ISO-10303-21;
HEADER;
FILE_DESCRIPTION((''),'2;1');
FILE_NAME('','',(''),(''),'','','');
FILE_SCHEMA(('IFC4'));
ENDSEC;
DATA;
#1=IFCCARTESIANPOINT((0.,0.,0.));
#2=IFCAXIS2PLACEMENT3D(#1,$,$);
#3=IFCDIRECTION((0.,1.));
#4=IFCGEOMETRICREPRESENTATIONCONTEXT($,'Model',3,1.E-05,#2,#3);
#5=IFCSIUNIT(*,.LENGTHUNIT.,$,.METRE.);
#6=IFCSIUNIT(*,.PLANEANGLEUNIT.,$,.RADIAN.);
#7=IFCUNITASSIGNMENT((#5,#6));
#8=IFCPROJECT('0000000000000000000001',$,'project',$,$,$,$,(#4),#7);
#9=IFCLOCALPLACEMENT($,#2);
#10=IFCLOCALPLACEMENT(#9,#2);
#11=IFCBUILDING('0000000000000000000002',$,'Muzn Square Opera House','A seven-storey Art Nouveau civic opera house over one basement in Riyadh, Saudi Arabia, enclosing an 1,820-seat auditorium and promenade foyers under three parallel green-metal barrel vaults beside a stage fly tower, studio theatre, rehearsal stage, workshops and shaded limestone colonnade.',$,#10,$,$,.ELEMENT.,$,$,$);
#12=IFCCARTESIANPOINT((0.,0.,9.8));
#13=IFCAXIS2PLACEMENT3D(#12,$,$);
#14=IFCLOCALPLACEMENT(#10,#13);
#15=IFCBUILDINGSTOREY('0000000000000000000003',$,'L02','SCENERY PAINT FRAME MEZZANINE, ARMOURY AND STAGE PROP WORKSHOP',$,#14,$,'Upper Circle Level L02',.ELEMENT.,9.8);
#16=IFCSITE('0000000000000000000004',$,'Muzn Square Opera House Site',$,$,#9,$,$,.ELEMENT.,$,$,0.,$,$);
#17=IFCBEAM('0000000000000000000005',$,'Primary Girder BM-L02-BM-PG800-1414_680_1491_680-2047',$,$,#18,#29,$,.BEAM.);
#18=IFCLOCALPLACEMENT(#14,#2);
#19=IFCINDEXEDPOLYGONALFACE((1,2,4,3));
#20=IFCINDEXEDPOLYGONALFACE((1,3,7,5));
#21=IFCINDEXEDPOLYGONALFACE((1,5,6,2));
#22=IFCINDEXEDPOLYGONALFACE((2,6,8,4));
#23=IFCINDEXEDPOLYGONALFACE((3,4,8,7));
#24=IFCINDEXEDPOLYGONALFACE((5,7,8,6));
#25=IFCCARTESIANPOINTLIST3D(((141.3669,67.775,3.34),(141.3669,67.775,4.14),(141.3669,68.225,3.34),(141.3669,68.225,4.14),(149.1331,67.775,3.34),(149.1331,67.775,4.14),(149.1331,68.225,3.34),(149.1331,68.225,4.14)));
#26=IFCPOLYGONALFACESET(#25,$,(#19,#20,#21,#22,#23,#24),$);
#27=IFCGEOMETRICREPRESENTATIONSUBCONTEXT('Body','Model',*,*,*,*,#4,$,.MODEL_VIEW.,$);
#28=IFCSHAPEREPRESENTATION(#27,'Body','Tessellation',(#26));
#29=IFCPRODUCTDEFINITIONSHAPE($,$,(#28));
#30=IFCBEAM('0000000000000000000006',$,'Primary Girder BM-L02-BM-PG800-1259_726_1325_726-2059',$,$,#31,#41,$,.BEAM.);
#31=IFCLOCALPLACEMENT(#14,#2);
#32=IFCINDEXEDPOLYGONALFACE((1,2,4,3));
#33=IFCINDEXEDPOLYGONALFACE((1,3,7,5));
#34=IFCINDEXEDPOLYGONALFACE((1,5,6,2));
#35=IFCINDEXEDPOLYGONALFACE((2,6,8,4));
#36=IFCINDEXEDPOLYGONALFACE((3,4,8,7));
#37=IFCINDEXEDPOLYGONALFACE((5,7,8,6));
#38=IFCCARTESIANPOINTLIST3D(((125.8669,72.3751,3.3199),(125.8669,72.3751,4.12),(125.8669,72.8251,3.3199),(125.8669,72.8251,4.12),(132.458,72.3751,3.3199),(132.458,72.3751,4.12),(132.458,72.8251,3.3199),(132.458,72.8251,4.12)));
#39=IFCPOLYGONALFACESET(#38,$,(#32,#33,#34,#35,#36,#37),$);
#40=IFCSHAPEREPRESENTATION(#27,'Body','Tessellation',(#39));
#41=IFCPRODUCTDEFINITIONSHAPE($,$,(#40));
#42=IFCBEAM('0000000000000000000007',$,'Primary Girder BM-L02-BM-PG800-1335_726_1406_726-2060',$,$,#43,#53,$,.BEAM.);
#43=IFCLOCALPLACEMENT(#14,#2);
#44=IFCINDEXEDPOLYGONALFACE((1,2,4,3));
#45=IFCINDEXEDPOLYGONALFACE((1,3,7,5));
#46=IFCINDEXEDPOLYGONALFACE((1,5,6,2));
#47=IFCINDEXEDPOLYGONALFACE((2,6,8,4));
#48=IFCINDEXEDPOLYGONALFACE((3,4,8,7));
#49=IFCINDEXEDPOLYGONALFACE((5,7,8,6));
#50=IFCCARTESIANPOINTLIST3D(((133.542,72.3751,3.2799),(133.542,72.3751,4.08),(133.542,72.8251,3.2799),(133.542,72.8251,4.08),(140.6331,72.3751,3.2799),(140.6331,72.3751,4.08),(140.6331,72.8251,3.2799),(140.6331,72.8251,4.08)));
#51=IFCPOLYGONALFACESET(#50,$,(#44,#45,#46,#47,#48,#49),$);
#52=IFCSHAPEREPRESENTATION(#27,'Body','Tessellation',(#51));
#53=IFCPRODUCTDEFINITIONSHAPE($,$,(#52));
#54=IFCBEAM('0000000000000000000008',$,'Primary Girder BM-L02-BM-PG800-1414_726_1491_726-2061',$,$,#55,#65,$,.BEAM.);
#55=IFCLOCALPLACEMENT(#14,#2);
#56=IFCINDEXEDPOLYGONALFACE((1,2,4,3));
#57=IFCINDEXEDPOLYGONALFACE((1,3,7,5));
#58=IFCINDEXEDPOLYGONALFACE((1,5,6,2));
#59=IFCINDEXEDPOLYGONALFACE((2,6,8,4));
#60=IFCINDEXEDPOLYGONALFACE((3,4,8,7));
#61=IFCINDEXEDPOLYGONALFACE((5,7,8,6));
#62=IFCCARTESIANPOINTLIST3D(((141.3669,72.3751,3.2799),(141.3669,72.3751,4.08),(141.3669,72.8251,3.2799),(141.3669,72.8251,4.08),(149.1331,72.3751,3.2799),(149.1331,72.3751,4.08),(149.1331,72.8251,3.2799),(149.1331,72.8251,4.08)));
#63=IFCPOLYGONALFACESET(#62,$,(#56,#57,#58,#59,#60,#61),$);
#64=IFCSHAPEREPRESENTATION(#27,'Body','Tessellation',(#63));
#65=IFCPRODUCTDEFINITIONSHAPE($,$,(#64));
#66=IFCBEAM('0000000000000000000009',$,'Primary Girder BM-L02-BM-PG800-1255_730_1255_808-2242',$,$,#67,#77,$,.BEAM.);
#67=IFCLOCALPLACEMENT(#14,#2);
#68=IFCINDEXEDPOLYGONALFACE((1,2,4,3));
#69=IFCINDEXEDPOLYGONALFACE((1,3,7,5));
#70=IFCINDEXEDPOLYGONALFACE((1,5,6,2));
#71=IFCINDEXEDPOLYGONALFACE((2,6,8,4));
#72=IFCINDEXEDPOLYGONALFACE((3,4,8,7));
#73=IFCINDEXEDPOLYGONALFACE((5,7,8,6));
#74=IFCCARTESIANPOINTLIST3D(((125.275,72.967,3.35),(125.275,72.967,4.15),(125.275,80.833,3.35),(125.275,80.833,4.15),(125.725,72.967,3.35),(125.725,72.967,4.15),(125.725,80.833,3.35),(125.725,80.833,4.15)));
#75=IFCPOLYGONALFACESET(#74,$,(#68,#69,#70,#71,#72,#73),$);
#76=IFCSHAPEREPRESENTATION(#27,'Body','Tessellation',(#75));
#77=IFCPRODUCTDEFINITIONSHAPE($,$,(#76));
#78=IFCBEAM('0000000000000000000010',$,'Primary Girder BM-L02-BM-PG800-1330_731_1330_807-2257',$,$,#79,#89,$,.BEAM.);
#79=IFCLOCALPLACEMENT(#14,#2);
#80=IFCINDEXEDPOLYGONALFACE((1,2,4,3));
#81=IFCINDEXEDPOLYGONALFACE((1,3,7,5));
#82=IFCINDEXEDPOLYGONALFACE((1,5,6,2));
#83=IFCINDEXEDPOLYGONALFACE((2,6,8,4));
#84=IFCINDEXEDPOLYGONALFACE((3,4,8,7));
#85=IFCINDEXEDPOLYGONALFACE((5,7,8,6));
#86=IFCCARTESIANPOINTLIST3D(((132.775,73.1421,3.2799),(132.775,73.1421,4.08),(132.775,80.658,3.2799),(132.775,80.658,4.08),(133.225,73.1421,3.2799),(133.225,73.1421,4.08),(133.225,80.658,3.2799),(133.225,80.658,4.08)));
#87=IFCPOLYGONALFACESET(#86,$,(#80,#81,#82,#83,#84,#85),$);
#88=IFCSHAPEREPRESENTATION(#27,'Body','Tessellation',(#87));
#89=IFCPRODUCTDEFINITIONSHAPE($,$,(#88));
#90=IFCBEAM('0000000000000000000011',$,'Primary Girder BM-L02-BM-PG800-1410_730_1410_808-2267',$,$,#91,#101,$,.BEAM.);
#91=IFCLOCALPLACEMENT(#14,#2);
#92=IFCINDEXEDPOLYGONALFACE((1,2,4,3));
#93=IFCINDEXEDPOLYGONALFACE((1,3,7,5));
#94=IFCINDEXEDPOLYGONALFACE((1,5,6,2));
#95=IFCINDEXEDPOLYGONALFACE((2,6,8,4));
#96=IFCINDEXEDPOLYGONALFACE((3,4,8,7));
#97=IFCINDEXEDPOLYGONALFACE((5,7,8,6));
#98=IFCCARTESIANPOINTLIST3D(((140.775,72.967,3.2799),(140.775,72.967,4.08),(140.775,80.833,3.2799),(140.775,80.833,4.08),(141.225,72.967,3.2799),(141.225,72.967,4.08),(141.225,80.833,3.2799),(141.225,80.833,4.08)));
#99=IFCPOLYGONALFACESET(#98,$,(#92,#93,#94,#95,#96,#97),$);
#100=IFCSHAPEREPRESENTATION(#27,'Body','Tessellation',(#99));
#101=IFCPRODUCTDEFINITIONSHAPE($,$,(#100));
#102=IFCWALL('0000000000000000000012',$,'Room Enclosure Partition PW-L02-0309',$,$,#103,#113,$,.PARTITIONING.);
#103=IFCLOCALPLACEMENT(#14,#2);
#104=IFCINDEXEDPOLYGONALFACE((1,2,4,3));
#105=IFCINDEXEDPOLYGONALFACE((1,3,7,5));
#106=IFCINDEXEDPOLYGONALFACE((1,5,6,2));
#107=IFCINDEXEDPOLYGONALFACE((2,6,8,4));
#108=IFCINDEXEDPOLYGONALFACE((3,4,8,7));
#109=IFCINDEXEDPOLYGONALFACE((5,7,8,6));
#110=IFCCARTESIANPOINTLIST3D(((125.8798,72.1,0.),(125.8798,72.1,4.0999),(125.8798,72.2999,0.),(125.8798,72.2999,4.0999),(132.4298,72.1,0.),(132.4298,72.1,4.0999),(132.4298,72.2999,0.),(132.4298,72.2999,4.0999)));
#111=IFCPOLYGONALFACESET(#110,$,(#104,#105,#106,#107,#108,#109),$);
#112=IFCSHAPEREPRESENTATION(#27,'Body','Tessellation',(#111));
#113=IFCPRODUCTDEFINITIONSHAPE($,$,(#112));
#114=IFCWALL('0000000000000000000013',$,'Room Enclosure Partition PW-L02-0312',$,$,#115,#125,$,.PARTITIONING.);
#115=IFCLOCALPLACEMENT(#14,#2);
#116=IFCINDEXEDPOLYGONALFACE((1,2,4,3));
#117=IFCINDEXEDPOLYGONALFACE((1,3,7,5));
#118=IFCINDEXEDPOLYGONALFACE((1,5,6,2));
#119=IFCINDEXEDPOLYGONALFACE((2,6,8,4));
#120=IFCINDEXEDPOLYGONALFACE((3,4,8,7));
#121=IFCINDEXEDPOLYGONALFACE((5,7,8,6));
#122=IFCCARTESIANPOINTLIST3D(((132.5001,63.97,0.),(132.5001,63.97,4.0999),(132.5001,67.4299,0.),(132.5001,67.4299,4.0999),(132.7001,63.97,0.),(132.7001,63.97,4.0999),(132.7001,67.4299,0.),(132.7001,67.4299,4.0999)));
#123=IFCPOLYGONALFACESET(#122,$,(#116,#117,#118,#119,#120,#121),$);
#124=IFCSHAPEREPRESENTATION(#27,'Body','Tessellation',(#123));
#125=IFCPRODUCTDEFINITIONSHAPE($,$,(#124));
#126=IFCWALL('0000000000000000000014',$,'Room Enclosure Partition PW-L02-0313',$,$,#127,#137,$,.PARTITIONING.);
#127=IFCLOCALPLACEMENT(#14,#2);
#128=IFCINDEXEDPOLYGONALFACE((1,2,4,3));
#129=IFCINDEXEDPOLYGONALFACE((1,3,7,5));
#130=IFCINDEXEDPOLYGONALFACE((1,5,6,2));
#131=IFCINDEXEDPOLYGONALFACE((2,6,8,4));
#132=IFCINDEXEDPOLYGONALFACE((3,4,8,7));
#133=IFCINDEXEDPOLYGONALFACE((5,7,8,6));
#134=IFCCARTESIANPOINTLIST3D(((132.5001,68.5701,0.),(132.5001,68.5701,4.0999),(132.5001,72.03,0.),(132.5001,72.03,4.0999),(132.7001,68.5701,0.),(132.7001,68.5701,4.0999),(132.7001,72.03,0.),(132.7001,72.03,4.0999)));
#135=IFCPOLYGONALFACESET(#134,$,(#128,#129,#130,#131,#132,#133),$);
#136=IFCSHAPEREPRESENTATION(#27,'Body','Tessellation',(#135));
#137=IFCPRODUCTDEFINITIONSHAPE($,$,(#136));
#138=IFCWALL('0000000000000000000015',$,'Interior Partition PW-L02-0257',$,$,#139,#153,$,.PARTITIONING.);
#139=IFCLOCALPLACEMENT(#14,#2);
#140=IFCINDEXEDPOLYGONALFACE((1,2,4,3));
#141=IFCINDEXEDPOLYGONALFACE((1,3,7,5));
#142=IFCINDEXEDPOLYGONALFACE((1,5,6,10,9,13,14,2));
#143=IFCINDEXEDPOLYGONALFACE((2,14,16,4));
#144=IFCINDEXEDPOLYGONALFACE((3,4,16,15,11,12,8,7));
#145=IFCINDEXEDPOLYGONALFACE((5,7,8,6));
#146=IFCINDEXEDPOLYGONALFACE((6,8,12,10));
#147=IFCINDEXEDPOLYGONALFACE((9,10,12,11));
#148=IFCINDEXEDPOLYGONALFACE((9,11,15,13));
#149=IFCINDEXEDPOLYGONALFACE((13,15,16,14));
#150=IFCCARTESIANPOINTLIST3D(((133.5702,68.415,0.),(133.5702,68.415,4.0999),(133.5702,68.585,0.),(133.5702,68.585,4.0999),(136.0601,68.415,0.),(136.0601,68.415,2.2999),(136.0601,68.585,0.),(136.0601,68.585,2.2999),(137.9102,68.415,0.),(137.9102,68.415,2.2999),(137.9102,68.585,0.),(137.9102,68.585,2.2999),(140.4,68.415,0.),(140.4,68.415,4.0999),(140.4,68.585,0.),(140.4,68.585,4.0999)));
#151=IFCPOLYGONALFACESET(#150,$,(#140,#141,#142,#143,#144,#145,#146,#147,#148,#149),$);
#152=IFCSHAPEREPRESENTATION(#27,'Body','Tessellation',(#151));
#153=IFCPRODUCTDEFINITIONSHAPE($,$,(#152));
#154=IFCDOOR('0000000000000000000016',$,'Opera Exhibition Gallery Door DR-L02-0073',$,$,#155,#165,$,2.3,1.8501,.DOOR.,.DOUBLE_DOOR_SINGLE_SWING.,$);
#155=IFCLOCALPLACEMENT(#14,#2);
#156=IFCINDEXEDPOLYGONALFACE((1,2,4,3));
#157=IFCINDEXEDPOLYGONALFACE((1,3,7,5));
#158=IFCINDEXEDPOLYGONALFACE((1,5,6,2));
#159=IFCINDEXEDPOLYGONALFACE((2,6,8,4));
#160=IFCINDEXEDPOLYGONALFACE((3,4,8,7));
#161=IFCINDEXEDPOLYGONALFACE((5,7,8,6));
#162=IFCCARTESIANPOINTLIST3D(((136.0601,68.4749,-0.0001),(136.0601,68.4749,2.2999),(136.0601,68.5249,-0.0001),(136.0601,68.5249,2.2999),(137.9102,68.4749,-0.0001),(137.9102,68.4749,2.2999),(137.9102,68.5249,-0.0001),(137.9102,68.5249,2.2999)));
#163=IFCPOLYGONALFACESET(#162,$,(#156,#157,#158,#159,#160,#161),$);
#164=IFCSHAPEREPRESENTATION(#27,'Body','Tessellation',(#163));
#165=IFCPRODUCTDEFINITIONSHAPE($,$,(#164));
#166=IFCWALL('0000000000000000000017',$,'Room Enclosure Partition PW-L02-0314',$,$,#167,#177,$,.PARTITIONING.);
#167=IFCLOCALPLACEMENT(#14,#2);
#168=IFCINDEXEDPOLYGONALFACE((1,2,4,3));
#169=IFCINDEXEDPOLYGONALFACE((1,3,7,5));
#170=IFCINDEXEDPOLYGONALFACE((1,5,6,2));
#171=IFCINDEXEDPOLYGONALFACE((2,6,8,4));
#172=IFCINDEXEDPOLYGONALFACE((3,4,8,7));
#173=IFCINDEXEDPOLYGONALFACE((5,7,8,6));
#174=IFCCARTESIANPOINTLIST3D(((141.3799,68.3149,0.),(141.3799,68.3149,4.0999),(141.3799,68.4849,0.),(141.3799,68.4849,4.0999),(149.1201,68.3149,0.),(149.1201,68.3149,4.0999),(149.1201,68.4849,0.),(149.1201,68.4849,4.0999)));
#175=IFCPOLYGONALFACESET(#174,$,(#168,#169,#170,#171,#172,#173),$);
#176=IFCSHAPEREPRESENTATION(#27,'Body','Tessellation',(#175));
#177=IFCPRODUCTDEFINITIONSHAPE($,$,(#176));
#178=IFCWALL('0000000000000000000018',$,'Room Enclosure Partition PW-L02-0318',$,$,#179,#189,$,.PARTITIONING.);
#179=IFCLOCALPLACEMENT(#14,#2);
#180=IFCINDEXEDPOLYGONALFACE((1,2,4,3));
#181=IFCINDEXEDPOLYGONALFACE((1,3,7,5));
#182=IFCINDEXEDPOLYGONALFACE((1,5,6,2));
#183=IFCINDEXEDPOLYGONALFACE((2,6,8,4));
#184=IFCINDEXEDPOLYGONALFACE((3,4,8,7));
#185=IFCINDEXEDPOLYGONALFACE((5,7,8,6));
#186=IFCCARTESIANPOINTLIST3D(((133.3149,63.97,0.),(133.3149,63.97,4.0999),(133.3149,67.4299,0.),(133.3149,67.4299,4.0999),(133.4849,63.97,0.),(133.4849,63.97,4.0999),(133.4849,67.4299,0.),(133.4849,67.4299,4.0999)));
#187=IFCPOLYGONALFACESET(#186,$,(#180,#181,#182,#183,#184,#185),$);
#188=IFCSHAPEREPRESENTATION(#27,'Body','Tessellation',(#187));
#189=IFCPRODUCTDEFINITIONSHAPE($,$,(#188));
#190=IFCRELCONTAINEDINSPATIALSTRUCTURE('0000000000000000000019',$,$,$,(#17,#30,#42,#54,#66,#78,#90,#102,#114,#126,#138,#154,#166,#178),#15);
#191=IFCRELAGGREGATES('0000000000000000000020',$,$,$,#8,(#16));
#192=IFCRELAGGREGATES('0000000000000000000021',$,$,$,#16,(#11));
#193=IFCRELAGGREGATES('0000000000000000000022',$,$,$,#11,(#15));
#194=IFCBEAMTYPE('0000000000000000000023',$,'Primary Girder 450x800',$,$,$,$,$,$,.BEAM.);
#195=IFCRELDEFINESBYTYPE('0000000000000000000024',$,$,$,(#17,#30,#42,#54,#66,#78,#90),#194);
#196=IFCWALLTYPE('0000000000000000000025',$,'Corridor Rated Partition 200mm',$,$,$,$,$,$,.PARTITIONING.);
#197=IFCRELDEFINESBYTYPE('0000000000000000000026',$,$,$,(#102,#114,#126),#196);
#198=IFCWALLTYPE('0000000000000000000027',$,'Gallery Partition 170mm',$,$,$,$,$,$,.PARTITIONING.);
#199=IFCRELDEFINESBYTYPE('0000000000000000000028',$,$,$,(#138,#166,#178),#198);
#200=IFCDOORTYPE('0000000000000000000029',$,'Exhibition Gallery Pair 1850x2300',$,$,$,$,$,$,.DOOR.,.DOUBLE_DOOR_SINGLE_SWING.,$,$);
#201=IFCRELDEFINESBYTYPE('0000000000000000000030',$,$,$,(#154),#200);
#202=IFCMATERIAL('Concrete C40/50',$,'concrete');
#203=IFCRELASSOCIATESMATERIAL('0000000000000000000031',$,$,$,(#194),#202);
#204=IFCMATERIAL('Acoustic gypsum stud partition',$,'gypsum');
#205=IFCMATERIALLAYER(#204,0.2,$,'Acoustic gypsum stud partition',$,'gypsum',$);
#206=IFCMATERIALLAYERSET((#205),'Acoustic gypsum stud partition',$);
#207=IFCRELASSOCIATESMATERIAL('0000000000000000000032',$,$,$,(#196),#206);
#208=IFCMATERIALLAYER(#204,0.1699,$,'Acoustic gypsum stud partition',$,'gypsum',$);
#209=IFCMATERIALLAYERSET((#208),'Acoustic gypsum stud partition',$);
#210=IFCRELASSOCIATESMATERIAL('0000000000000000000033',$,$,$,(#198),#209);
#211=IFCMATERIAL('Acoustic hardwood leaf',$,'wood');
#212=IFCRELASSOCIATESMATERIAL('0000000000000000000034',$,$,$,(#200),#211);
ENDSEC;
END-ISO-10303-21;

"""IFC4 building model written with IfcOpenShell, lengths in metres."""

from ifc_helpers import new_model, si_unit, direction, frame, frame_2d, origin, origin_2d, place, context, subcontext, project, spatial, rectangle, extrude, material, layer, layer_set, material_profile, profile_set, type_object, element, fill, save


model = new_model("IFC4")

# Units and contexts
model_context = context("Model", 3, precision=1e-05, world=origin(), true_north=direction((0.0, 1.0)))
body_context = subcontext(model_context, "Body", "Model", "MODEL_VIEW")
ifc_project = project(units=[si_unit("LENGTHUNIT", "METRE"), si_unit("PLANEANGLEUNIT", "RADIAN")], contexts=[model_context])

# Site, building, storey
site_placement = place(None, origin())
site = spatial("IfcSite", under=ifc_project, at=site_placement, Name="Muzn Square Opera House Site", CompositionType="ELEMENT", RefElevation=0.0)
building_placement = place(site_placement, origin())
building = spatial("IfcBuilding", under=site, at=building_placement, Name="Muzn Square Opera House", Description="A seven-storey Art Nouveau civic opera house over one basement in Riyadh, Saudi Arabia, enclosing an 1,820-seat auditorium and promenade foyers under three parallel green-metal barrel vaults beside a stage fly tower, studio theatre, rehearsal stage, workshops and shaded limestone colonnade.", CompositionType="ELEMENT")
storey_placement = place(building_placement, frame((0.0, 0.0, 9.8)))
storey = spatial("IfcBuildingStorey", under=building, at=storey_placement, Name="L02", Description="SCENERY PAINT FRAME MEZZANINE, ARMOURY AND STAGE PROP WORKSHOP", LongName="Upper Circle Level L02", CompositionType="ELEMENT", Elevation=9.8)

# Beams
ifc_material_1 = material(Name="Concrete C40/50", Category="concrete")
ifc_material_profile_1 = material_profile(ifc_material_1, rectangle(XDim=0.45, YDim=0.8, at=origin_2d()), Name="RCB 450x800", Category="concrete")
ifc_profile_set_1 = profile_set([ifc_material_profile_1], Name="Concrete C40/50")
beam_type_1 = type_object("IfcBeamType", Name="Primary Girder 450x800", PredefinedType="BEAM", material=ifc_profile_set_1)
beam_1_placement = place(storey_placement, frame((141.3669, 68.0, 3.74), z_axis=(1.0, 0.0, 0.0), x_axis=(0.0, 1.0, 0.0)))
element("IfcBeam", 1, at=beam_1_placement, inside=storey, type_object=beam_type_1, Name="Primary Girder BM-L02-BM-PG800-1414_680_1491_680-2047", PredefinedType="BEAM", context=body_context, shape_type="SweptSolid", body=[
    extrude(rectangle(XDim=0.45, YDim=0.8, at=origin_2d()), origin(), (0.0, 0.0, 1.0), 7.7661),
])
beam_2_placement = place(storey_placement, frame((125.8669, 72.6001, 3.72), z_axis=(1.0, 0.0, 0.0), x_axis=(0.0, 1.0, 0.0)))
element("IfcBeam", 2, at=beam_2_placement, inside=storey, type_object=beam_type_1, Name="Primary Girder BM-L02-BM-PG800-1259_726_1325_726-2059", PredefinedType="BEAM", context=body_context, shape_type="SweptSolid", body=[
    extrude(rectangle(XDim=0.45, YDim=0.8, at=origin_2d()), origin(), (0.0, 0.0, 1.0), 6.5911),
])
beam_3_placement = place(storey_placement, frame((133.542, 72.6001, 3.6799), z_axis=(1.0, 0.0, 0.0), x_axis=(0.0, 1.0, 0.0)))
element("IfcBeam", 3, at=beam_3_placement, inside=storey, type_object=beam_type_1, Name="Primary Girder BM-L02-BM-PG800-1335_726_1406_726-2060", PredefinedType="BEAM", context=body_context, shape_type="SweptSolid", body=[
    extrude(rectangle(XDim=0.45, YDim=0.8, at=origin_2d()), origin(), (0.0, 0.0, 1.0), 7.0911),
])
beam_4_placement = place(storey_placement, frame((141.3669, 72.6001, 3.6799), z_axis=(1.0, 0.0, 0.0), x_axis=(0.0, 1.0, 0.0)))
element("IfcBeam", 4, at=beam_4_placement, inside=storey, type_object=beam_type_1, Name="Primary Girder BM-L02-BM-PG800-1414_726_1491_726-2061", PredefinedType="BEAM", context=body_context, shape_type="SweptSolid", body=[
    extrude(rectangle(XDim=0.45, YDim=0.8, at=origin_2d()), origin(), (0.0, 0.0, 1.0), 7.7661),
])
beam_5_placement = place(storey_placement, frame((125.5, 72.967, 3.75), z_axis=(0.0, 1.0, 0.0), x_axis=(-1.0, 0.0, 0.0)))
element("IfcBeam", 5, at=beam_5_placement, inside=storey, type_object=beam_type_1, Name="Primary Girder BM-L02-BM-PG800-1255_730_1255_808-2242", PredefinedType="BEAM", context=body_context, shape_type="SweptSolid", body=[
    extrude(rectangle(XDim=0.45, YDim=0.8, at=origin_2d()), origin(), (0.0, 0.0, 1.0), 7.866),
])
beam_6_placement = place(storey_placement, frame((133.0, 73.1421, 3.6799), z_axis=(0.0, 1.0, 0.0), x_axis=(-1.0, 0.0, 0.0)))
element("IfcBeam", 6, at=beam_6_placement, inside=storey, type_object=beam_type_1, Name="Primary Girder BM-L02-BM-PG800-1330_731_1330_807-2257", PredefinedType="BEAM", context=body_context, shape_type="SweptSolid", body=[
    extrude(rectangle(XDim=0.45, YDim=0.8, at=origin_2d()), origin(), (0.0, 0.0, 1.0), 7.5159),
])
beam_7_placement = place(storey_placement, frame((141.0, 72.967, 3.6799), z_axis=(0.0, 1.0, 0.0), x_axis=(-1.0, 0.0, 0.0)))
element("IfcBeam", 7, at=beam_7_placement, inside=storey, type_object=beam_type_1, Name="Primary Girder BM-L02-BM-PG800-1410_730_1410_808-2267", PredefinedType="BEAM", context=body_context, shape_type="SweptSolid", body=[
    extrude(rectangle(XDim=0.45, YDim=0.8, at=origin_2d()), origin(), (0.0, 0.0, 1.0), 7.866),
])

# Walls
ifc_material_2 = material(Name="Acoustic gypsum stud partition", Category="gypsum")
ifc_layer_1 = layer(ifc_material_2, 0.2, Name="Acoustic gypsum stud partition", Category="gypsum")
ifc_layer_set_1 = layer_set([ifc_layer_1], Name="Acoustic gypsum stud partition")
wall_type_1 = type_object("IfcWallType", Name="Corridor Rated Partition 200mm", PredefinedType="PARTITIONING", material=ifc_layer_set_1)
wall_1_placement = place(storey_placement, frame((125.8799, 72.2, 0.0), z_axis=(0.0, 0.0, 1.0), x_axis=(1.0, 0.0, 0.0)))
element("IfcWall", 8, at=wall_1_placement, inside=storey, type_object=wall_type_1, Name="Room Enclosure Partition PW-L02-0309", PredefinedType="PARTITIONING", context=body_context, shape_type="SweptSolid", body=[
    extrude(rectangle(XDim=6.55, YDim=0.2, at=frame_2d((3.2749, 0.0))), origin(), (0.0, 0.0, 1.0), 4.0999),
])
for number, where, z_axis, x_axis, name in (
    (9, (132.6001, 63.97, 0.0), (0.0, 0.0, 1.0), (0.0, 1.0, 0.0), "Room Enclosure Partition PW-L02-0312"),
    (10, (132.6001, 68.5701, 0.0), (0.0, 0.0, 1.0), (0.0, 1.0, 0.0), "Room Enclosure Partition PW-L02-0313"),
):
    element("IfcWall", number, at=place(storey_placement, frame(where, z_axis=z_axis, x_axis=x_axis)), inside=storey, type_object=wall_type_1, Name=name, PredefinedType="PARTITIONING", context=body_context, shape_type="SweptSolid", body=[
        extrude(rectangle(XDim=3.46, YDim=0.2, at=frame_2d((1.73, 0.0))), origin(), (0.0, 0.0, 1.0), 4.0999),
    ])

# Wall, opening, door
ifc_layer_2 = layer(ifc_material_2, 0.1699, Name="Acoustic gypsum stud partition", Category="gypsum")
ifc_layer_set_2 = layer_set([ifc_layer_2], Name="Acoustic gypsum stud partition")
wall_type_2 = type_object("IfcWallType", Name="Gallery Partition 170mm", PredefinedType="PARTITIONING", material=ifc_layer_set_2)
wall_2_placement = place(storey_placement, frame((133.5701, 68.5, 0.0), z_axis=(0.0, 0.0, 1.0), x_axis=(1.0, 0.0, 0.0)))
wall_2 = element("IfcWall", 11, at=wall_2_placement, inside=storey, type_object=wall_type_2, Name="Interior Partition PW-L02-0257", PredefinedType="PARTITIONING", context=body_context, shape_type="SweptSolid", body=[
    extrude(rectangle(XDim=6.8298, YDim=0.1699, at=frame_2d((3.415, 0.0))), origin(), (0.0, 0.0, 1.0), 4.0999),
])
opening_1_placement = place(wall_2_placement, frame((2.49, 0.0, 0.0)))
opening_1 = element("IfcOpeningElement", 12, at=opening_1_placement, cuts=wall_2, PredefinedType="OPENING", context=body_context, shape_type="SweptSolid", body=[
    extrude(rectangle(XDim=1.8501, YDim=2.3, at=frame_2d((0.925, 1.1499))), frame((0.0, 0.095, 0.0), z_axis=(0.0, -1.0, 0.0), x_axis=(1.0, 0.0, 0.0)), (0.0, 0.0, 1.0), 0.1899),
])
ifc_material_3 = material(Name="Acoustic hardwood leaf", Category="wood")
door_type_1 = type_object("IfcDoorType", Name="Exhibition Gallery Pair 1850x2300", OperationType="DOUBLE_DOOR_SINGLE_SWING", PredefinedType="DOOR", material=ifc_material_3)
door_1_placement = place(opening_1_placement, origin())
door_1 = element("IfcDoor", 13, at=door_1_placement, inside=storey, type_object=door_type_1, Name="Opera Exhibition Gallery Door DR-L02-0073", OperationType="DOUBLE_DOOR_SINGLE_SWING", OverallHeight=2.3, OverallWidth=1.8501, PredefinedType="DOOR", context=body_context, shape_type="SweptSolid", body=[
    extrude(rectangle(XDim=1.8501, YDim=2.3, at=frame_2d((0.925, 1.1499))), frame((0.0, 0.0249, 0.0), z_axis=(0.0, -1.0, 0.0), x_axis=(1.0, 0.0, 0.0)), (0.0, 0.0, 1.0), 0.05),
])
fill(opening_1, door_1)

# Walls
wall_3_placement = place(storey_placement, frame((141.3799, 68.3999, 0.0), z_axis=(0.0, 0.0, 1.0), x_axis=(1.0, 0.0, 0.0)))
element("IfcWall", 14, at=wall_3_placement, inside=storey, type_object=wall_type_2, Name="Room Enclosure Partition PW-L02-0314", PredefinedType="PARTITIONING", context=body_context, shape_type="SweptSolid", body=[
    extrude(rectangle(XDim=7.7402, YDim=0.1699, at=frame_2d((3.8701, 0.0))), origin(), (0.0, 0.0, 1.0), 4.0999),
])
wall_4_placement = place(storey_placement, frame((133.3999, 63.97, 0.0), z_axis=(0.0, 0.0, 1.0), x_axis=(0.0, 1.0, 0.0)))
element("IfcWall", 15, at=wall_4_placement, inside=storey, type_object=wall_type_2, Name="Room Enclosure Partition PW-L02-0318", PredefinedType="PARTITIONING", context=body_context, shape_type="SweptSolid", body=[
    extrude(rectangle(XDim=3.46, YDim=0.1699, at=frame_2d((1.73, 0.0))), origin(), (0.0, 0.0, 1.0), 4.0999),
])

save(model, "model.ifc")
